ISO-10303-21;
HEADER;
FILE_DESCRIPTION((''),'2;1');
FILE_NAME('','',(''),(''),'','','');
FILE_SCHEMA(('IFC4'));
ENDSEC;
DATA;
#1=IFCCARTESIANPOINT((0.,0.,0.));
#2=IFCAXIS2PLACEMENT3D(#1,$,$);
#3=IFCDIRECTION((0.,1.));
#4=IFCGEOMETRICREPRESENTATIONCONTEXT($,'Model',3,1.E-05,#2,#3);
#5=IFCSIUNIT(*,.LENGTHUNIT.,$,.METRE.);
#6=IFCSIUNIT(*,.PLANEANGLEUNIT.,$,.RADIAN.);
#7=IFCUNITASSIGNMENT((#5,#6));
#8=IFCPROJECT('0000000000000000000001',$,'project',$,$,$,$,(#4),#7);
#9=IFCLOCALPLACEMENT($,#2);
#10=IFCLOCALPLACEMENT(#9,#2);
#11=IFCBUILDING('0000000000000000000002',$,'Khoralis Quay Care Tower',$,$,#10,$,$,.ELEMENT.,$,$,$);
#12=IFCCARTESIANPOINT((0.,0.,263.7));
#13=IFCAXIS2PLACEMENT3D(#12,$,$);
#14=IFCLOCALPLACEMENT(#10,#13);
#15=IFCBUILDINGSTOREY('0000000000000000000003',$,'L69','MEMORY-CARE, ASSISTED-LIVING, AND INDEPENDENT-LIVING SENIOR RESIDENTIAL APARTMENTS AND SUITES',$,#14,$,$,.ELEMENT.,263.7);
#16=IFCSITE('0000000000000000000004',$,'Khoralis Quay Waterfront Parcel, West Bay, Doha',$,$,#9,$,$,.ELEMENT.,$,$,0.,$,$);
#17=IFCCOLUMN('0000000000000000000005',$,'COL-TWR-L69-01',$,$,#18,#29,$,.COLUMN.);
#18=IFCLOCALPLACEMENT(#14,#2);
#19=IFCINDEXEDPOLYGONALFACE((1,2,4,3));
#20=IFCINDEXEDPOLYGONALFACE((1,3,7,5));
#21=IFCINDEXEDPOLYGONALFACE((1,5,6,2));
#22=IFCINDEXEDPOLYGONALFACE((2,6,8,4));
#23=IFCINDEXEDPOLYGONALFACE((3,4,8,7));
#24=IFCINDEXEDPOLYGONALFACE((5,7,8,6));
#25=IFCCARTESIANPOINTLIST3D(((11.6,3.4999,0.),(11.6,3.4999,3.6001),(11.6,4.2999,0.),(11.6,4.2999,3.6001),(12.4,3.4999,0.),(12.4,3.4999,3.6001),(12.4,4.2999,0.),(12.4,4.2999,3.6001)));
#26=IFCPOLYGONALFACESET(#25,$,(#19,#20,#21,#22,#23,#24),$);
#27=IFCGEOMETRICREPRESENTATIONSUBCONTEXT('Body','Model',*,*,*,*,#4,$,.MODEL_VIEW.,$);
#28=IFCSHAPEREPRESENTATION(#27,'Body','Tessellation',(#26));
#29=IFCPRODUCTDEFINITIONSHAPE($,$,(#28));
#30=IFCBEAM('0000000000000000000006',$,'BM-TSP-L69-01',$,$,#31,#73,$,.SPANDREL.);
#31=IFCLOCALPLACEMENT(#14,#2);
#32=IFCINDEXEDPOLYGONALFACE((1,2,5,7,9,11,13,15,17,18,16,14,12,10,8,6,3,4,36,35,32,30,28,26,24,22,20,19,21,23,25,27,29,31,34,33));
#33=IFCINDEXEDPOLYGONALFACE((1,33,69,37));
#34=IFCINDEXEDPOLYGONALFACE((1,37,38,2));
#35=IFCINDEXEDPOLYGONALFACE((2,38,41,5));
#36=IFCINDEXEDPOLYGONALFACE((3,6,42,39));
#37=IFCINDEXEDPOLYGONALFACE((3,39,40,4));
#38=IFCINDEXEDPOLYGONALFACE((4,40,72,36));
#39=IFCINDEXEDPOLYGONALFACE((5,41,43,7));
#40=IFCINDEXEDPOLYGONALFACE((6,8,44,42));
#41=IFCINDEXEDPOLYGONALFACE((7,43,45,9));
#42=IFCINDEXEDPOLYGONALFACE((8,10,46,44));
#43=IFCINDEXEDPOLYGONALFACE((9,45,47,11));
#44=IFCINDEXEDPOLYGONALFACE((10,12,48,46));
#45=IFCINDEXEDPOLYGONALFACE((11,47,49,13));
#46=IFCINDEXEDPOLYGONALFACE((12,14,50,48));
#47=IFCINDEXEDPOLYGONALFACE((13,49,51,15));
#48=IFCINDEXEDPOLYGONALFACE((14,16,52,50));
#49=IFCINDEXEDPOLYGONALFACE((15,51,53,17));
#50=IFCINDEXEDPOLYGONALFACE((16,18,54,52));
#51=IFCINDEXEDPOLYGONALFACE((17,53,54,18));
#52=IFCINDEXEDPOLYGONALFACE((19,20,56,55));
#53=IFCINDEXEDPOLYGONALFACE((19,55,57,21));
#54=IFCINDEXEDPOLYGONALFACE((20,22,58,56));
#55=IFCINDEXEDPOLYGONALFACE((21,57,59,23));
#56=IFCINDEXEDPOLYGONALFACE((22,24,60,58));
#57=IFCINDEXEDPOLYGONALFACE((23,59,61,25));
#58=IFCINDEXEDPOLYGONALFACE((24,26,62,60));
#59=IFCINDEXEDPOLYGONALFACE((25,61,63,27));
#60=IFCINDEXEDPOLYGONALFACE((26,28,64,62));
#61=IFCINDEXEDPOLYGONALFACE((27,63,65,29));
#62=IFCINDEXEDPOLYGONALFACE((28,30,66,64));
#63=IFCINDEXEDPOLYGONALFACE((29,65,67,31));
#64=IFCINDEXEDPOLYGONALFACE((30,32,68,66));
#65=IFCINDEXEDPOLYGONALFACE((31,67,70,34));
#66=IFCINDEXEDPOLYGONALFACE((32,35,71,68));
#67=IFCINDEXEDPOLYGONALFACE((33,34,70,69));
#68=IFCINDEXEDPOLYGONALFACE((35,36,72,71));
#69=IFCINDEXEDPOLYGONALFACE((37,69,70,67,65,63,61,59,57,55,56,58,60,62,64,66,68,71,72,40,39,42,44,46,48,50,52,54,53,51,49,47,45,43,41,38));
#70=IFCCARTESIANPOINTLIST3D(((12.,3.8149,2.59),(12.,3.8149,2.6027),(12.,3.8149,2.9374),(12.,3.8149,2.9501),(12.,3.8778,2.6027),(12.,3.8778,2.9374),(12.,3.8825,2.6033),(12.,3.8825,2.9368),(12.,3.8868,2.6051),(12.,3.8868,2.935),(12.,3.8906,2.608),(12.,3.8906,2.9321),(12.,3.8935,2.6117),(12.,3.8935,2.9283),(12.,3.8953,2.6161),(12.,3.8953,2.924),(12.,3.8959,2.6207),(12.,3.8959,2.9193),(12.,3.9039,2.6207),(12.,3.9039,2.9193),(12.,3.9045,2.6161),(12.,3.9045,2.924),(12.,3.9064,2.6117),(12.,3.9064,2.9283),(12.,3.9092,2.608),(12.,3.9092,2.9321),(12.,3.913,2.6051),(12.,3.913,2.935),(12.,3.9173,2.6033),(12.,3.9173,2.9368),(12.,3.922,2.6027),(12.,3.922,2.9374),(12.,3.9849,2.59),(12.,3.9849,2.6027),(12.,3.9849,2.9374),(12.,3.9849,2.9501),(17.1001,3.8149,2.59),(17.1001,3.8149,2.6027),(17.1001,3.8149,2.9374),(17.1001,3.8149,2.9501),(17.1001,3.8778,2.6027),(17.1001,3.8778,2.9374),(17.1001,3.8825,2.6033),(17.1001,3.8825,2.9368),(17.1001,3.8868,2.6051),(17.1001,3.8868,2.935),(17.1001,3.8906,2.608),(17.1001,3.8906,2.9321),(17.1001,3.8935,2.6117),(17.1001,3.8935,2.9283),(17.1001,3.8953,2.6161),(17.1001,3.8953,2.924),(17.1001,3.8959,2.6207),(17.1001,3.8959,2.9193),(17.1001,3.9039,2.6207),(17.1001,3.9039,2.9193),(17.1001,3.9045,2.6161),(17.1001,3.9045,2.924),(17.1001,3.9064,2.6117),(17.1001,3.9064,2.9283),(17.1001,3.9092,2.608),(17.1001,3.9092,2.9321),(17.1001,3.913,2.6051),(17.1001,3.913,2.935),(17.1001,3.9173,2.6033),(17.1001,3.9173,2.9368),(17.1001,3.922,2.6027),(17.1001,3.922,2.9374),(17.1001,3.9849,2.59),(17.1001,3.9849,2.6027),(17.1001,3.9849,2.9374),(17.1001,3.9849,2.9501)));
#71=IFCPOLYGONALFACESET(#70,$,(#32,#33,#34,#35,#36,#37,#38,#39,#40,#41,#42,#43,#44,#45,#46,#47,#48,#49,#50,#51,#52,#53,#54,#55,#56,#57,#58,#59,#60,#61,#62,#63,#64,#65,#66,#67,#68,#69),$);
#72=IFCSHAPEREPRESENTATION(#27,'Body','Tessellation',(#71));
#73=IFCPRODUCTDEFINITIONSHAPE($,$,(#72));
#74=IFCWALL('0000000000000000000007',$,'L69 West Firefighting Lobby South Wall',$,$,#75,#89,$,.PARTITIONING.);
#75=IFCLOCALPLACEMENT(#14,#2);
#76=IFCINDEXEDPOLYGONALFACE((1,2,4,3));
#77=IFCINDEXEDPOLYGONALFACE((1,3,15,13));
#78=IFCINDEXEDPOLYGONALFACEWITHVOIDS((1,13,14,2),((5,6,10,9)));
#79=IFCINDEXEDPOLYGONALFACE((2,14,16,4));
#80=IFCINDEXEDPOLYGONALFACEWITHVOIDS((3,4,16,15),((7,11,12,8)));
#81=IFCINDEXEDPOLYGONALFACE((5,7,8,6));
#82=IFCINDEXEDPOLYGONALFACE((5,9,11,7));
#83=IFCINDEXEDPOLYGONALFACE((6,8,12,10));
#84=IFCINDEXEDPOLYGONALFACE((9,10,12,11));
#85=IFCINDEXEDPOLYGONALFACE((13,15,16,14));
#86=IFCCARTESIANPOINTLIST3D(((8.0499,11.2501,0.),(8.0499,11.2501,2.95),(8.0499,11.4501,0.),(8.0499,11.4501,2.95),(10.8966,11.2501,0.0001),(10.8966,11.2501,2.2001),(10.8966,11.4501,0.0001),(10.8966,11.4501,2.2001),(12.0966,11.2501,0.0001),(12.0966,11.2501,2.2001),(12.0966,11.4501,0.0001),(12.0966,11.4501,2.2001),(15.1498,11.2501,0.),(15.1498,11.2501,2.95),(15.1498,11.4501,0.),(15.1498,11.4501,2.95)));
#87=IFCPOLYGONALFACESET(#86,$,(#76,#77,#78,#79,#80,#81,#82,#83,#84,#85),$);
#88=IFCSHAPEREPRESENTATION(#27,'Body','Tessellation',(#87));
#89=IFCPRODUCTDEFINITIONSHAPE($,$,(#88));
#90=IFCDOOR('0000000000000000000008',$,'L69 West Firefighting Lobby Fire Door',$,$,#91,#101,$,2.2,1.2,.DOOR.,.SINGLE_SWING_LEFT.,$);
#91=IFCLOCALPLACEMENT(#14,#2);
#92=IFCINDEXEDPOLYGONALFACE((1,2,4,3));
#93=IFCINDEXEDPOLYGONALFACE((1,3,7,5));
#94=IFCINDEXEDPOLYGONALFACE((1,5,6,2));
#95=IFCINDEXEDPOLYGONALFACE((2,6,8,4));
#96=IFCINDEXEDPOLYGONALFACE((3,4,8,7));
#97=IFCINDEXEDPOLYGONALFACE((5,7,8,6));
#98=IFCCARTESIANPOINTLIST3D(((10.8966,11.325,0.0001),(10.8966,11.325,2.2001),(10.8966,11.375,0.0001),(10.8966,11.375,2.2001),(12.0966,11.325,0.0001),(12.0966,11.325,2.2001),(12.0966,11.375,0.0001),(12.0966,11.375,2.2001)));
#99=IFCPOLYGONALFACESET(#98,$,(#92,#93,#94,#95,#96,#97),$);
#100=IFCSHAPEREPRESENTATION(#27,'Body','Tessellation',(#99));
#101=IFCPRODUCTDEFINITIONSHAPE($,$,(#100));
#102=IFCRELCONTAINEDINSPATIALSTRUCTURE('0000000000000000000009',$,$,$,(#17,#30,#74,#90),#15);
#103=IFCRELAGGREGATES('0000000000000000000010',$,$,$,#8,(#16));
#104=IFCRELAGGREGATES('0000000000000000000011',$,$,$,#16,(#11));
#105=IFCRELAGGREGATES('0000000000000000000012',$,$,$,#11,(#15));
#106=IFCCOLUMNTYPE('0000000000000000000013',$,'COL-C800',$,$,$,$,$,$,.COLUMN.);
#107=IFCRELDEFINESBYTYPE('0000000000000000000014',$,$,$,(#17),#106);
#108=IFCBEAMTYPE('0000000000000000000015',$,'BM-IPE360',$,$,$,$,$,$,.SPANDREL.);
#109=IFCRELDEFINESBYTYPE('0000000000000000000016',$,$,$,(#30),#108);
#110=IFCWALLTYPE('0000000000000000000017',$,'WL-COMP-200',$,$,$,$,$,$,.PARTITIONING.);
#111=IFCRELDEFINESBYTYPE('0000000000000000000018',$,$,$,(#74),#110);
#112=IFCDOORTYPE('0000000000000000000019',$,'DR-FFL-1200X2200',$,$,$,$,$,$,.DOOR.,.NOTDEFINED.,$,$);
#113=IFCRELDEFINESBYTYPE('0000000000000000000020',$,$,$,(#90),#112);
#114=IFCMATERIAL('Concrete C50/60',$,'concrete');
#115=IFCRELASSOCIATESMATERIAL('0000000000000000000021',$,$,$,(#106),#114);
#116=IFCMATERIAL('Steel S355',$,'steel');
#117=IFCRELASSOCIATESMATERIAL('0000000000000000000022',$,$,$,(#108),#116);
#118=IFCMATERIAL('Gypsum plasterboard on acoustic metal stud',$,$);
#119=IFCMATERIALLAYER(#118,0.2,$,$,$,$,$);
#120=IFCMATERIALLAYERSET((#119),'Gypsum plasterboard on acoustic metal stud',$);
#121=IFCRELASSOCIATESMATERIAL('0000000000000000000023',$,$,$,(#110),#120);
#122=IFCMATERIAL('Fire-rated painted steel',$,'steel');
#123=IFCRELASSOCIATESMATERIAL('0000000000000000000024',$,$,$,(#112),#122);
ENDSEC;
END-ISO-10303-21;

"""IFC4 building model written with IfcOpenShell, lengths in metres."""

from ifc_helpers import new_model, si_unit, direction, frame, frame_2d, origin, origin_2d, place, context, subcontext, project, spatial, rectangle, i_section, extrude, source, transform, mapped, material, layer, layer_set, material_profile, profile_set, type_object, element, fill, save


model = new_model("IFC4")

# Units and contexts
model_context = context("Model", 3, precision=1e-05, world=origin(), true_north=direction((0.0, 1.0)))
body_context = subcontext(model_context, "Body", "Model", "MODEL_VIEW")
ifc_project = project(units=[si_unit("LENGTHUNIT", "METRE"), si_unit("PLANEANGLEUNIT", "RADIAN")], contexts=[model_context])

# Site, building, storey
site_placement = place(None, origin())
site = spatial("IfcSite", under=ifc_project, at=site_placement, Name="Khoralis Quay Waterfront Parcel, West Bay, Doha", CompositionType="ELEMENT", RefElevation=0.0)
building_placement = place(site_placement, origin())
building = spatial("IfcBuilding", under=site, at=building_placement, Name="Khoralis Quay Care Tower", CompositionType="ELEMENT")
storey_placement = place(building_placement, frame((0.0, 0.0, 263.7)))
storey = spatial("IfcBuildingStorey", under=building, at=storey_placement, Name="L69", Description="MEMORY-CARE, ASSISTED-LIVING, AND INDEPENDENT-LIVING SENIOR RESIDENTIAL APARTMENTS AND SUITES", CompositionType="ELEMENT", Elevation=263.7)

# Column
ifc_material_1 = material(Name="Concrete C50/60", Category="concrete")
ifc_material_profile_1 = material_profile(ifc_material_1, rectangle(XDim=0.8, YDim=0.8, at=origin_2d()), Name="Concrete C50/60")
ifc_profile_set_1 = profile_set([ifc_material_profile_1], Name="Concrete C50/60")
column_type = type_object("IfcColumnType", Name="COL-C800", PredefinedType="COLUMN", material=ifc_profile_set_1)
shared_shape_1 = source(origin(), body_context, "Body", "SweptSolid", [
    extrude(rectangle(XDim=0.8, YDim=0.8, at=origin_2d()), origin(), (0.0, 0.0, 1.0), 3.6001),
])
column_placement = place(storey_placement, frame((12.0, 3.8999, 0.0), z_axis=(0.0, 0.0, 1.0), x_axis=(1.0, 0.0, 0.0)))
element("IfcColumn", 1, at=column_placement, inside=storey, type_object=column_type, Name="COL-TWR-L69-01", PredefinedType="COLUMN", context=body_context, shape_type="MappedRepresentation", body=[
    mapped(shared_shape_1, transform((0.0, 0.0, 0.0), scale=1.0)),
])

# Beam
ifc_material_2 = material(Name="Steel S355", Category="steel")
ifc_material_profile_2 = material_profile(ifc_material_2, i_section(OverallWidth=0.1699, OverallDepth=0.3601, WebThickness=0.0081, FlangeThickness=0.0127, FilletRadius=0.0181, at=origin_2d()), Name="Steel S355")
ifc_profile_set_2 = profile_set([ifc_material_profile_2], Name="Steel S355")
beam_type = type_object("IfcBeamType", Name="BM-IPE360", PredefinedType="SPANDREL", material=ifc_profile_set_2)
shared_shape_2 = source(origin(), body_context, "Body", "SweptSolid", [
    extrude(i_section(OverallWidth=0.1699, OverallDepth=0.3601, WebThickness=0.0081, FlangeThickness=0.0127, FilletRadius=0.0181, at=origin_2d()), origin(), (0.0, 0.0, 1.0), 5.1001),
])
beam_placement = place(storey_placement, frame((12.0, 3.8999, 2.77), z_axis=(1.0, 0.0, 0.0), x_axis=(0.0, 1.0, 0.0)))
element("IfcBeam", 2, at=beam_placement, inside=storey, type_object=beam_type, Name="BM-TSP-L69-01", PredefinedType="SPANDREL", context=body_context, shape_type="MappedRepresentation", body=[
    mapped(shared_shape_2, transform((0.0, 0.0, 0.0), scale=1.0)),
])

# Wall, opening, door
ifc_material_3 = material(Name="Gypsum plasterboard on acoustic metal stud")
ifc_layer_1 = layer(ifc_material_3, 0.2)
ifc_layer_set_1 = layer_set([ifc_layer_1], Name="Gypsum plasterboard on acoustic metal stud")
wall_type_1 = type_object("IfcWallType", Name="WL-COMP-200", PredefinedType="PARTITIONING", material=ifc_layer_set_1)
wall_1_placement = place(storey_placement, frame((8.05, 11.3501, 0.0), z_axis=(0.0, 0.0, 1.0), x_axis=(1.0, 0.0, 0.0)))
wall_1 = element("IfcWall", 3, at=wall_1_placement, inside=storey, type_object=wall_type_1, Name="L69 West Firefighting Lobby South Wall", PredefinedType="PARTITIONING", context=body_context, shape_type="SweptSolid", body=[
    extrude(rectangle(XDim=7.0999, YDim=0.2, at=frame_2d((3.5498, 0.0))), origin(), (0.0, 0.0, 1.0), 2.95),
])
opening_1_placement = place(wall_1_placement, frame((2.8464, 0.0, 0.0)))
opening_1 = element("IfcOpeningElement", 4, at=opening_1_placement, cuts=wall_1, PredefinedType="OPENING", context=body_context, shape_type="SweptSolid", body=[
    extrude(rectangle(XDim=1.2, YDim=2.2, at=frame_2d((0.6001, 1.1001))), frame((0.0, 0.1099, 0.0), z_axis=(0.0, -1.0, 0.0), x_axis=(1.0, 0.0, 0.0)), (0.0, 0.0, 1.0), 0.22),
])
ifc_material_4 = material(Name="Fire-rated painted steel", Category="steel")
door_type = type_object("IfcDoorType", Name="DR-FFL-1200X2200", OperationType="NOTDEFINED", PredefinedType="DOOR", material=ifc_material_4)
shared_shape_3 = source(origin(), body_context, "Body", "SweptSolid", [
    extrude(rectangle(XDim=1.2, YDim=2.2, at=frame_2d((0.6001, 1.1001))), frame((0.0, 0.0249, 0.0), z_axis=(0.0, -1.0, 0.0), x_axis=(1.0, 0.0, 0.0)), (0.0, 0.0, 1.0), 0.05),
])
door_placement = place(opening_1_placement, origin())
door = element("IfcDoor", 5, at=door_placement, inside=storey, type_object=door_type, Name="L69 West Firefighting Lobby Fire Door", OperationType="SINGLE_SWING_LEFT", OverallHeight=2.2, OverallWidth=1.2, PredefinedType="DOOR", context=body_context, shape_type="MappedRepresentation", body=[
    mapped(shared_shape_3, transform((0.0, 0.0, 0.0), scale=1.0)),
])
fill(opening_1, door)

save(model, "model.ifc")
